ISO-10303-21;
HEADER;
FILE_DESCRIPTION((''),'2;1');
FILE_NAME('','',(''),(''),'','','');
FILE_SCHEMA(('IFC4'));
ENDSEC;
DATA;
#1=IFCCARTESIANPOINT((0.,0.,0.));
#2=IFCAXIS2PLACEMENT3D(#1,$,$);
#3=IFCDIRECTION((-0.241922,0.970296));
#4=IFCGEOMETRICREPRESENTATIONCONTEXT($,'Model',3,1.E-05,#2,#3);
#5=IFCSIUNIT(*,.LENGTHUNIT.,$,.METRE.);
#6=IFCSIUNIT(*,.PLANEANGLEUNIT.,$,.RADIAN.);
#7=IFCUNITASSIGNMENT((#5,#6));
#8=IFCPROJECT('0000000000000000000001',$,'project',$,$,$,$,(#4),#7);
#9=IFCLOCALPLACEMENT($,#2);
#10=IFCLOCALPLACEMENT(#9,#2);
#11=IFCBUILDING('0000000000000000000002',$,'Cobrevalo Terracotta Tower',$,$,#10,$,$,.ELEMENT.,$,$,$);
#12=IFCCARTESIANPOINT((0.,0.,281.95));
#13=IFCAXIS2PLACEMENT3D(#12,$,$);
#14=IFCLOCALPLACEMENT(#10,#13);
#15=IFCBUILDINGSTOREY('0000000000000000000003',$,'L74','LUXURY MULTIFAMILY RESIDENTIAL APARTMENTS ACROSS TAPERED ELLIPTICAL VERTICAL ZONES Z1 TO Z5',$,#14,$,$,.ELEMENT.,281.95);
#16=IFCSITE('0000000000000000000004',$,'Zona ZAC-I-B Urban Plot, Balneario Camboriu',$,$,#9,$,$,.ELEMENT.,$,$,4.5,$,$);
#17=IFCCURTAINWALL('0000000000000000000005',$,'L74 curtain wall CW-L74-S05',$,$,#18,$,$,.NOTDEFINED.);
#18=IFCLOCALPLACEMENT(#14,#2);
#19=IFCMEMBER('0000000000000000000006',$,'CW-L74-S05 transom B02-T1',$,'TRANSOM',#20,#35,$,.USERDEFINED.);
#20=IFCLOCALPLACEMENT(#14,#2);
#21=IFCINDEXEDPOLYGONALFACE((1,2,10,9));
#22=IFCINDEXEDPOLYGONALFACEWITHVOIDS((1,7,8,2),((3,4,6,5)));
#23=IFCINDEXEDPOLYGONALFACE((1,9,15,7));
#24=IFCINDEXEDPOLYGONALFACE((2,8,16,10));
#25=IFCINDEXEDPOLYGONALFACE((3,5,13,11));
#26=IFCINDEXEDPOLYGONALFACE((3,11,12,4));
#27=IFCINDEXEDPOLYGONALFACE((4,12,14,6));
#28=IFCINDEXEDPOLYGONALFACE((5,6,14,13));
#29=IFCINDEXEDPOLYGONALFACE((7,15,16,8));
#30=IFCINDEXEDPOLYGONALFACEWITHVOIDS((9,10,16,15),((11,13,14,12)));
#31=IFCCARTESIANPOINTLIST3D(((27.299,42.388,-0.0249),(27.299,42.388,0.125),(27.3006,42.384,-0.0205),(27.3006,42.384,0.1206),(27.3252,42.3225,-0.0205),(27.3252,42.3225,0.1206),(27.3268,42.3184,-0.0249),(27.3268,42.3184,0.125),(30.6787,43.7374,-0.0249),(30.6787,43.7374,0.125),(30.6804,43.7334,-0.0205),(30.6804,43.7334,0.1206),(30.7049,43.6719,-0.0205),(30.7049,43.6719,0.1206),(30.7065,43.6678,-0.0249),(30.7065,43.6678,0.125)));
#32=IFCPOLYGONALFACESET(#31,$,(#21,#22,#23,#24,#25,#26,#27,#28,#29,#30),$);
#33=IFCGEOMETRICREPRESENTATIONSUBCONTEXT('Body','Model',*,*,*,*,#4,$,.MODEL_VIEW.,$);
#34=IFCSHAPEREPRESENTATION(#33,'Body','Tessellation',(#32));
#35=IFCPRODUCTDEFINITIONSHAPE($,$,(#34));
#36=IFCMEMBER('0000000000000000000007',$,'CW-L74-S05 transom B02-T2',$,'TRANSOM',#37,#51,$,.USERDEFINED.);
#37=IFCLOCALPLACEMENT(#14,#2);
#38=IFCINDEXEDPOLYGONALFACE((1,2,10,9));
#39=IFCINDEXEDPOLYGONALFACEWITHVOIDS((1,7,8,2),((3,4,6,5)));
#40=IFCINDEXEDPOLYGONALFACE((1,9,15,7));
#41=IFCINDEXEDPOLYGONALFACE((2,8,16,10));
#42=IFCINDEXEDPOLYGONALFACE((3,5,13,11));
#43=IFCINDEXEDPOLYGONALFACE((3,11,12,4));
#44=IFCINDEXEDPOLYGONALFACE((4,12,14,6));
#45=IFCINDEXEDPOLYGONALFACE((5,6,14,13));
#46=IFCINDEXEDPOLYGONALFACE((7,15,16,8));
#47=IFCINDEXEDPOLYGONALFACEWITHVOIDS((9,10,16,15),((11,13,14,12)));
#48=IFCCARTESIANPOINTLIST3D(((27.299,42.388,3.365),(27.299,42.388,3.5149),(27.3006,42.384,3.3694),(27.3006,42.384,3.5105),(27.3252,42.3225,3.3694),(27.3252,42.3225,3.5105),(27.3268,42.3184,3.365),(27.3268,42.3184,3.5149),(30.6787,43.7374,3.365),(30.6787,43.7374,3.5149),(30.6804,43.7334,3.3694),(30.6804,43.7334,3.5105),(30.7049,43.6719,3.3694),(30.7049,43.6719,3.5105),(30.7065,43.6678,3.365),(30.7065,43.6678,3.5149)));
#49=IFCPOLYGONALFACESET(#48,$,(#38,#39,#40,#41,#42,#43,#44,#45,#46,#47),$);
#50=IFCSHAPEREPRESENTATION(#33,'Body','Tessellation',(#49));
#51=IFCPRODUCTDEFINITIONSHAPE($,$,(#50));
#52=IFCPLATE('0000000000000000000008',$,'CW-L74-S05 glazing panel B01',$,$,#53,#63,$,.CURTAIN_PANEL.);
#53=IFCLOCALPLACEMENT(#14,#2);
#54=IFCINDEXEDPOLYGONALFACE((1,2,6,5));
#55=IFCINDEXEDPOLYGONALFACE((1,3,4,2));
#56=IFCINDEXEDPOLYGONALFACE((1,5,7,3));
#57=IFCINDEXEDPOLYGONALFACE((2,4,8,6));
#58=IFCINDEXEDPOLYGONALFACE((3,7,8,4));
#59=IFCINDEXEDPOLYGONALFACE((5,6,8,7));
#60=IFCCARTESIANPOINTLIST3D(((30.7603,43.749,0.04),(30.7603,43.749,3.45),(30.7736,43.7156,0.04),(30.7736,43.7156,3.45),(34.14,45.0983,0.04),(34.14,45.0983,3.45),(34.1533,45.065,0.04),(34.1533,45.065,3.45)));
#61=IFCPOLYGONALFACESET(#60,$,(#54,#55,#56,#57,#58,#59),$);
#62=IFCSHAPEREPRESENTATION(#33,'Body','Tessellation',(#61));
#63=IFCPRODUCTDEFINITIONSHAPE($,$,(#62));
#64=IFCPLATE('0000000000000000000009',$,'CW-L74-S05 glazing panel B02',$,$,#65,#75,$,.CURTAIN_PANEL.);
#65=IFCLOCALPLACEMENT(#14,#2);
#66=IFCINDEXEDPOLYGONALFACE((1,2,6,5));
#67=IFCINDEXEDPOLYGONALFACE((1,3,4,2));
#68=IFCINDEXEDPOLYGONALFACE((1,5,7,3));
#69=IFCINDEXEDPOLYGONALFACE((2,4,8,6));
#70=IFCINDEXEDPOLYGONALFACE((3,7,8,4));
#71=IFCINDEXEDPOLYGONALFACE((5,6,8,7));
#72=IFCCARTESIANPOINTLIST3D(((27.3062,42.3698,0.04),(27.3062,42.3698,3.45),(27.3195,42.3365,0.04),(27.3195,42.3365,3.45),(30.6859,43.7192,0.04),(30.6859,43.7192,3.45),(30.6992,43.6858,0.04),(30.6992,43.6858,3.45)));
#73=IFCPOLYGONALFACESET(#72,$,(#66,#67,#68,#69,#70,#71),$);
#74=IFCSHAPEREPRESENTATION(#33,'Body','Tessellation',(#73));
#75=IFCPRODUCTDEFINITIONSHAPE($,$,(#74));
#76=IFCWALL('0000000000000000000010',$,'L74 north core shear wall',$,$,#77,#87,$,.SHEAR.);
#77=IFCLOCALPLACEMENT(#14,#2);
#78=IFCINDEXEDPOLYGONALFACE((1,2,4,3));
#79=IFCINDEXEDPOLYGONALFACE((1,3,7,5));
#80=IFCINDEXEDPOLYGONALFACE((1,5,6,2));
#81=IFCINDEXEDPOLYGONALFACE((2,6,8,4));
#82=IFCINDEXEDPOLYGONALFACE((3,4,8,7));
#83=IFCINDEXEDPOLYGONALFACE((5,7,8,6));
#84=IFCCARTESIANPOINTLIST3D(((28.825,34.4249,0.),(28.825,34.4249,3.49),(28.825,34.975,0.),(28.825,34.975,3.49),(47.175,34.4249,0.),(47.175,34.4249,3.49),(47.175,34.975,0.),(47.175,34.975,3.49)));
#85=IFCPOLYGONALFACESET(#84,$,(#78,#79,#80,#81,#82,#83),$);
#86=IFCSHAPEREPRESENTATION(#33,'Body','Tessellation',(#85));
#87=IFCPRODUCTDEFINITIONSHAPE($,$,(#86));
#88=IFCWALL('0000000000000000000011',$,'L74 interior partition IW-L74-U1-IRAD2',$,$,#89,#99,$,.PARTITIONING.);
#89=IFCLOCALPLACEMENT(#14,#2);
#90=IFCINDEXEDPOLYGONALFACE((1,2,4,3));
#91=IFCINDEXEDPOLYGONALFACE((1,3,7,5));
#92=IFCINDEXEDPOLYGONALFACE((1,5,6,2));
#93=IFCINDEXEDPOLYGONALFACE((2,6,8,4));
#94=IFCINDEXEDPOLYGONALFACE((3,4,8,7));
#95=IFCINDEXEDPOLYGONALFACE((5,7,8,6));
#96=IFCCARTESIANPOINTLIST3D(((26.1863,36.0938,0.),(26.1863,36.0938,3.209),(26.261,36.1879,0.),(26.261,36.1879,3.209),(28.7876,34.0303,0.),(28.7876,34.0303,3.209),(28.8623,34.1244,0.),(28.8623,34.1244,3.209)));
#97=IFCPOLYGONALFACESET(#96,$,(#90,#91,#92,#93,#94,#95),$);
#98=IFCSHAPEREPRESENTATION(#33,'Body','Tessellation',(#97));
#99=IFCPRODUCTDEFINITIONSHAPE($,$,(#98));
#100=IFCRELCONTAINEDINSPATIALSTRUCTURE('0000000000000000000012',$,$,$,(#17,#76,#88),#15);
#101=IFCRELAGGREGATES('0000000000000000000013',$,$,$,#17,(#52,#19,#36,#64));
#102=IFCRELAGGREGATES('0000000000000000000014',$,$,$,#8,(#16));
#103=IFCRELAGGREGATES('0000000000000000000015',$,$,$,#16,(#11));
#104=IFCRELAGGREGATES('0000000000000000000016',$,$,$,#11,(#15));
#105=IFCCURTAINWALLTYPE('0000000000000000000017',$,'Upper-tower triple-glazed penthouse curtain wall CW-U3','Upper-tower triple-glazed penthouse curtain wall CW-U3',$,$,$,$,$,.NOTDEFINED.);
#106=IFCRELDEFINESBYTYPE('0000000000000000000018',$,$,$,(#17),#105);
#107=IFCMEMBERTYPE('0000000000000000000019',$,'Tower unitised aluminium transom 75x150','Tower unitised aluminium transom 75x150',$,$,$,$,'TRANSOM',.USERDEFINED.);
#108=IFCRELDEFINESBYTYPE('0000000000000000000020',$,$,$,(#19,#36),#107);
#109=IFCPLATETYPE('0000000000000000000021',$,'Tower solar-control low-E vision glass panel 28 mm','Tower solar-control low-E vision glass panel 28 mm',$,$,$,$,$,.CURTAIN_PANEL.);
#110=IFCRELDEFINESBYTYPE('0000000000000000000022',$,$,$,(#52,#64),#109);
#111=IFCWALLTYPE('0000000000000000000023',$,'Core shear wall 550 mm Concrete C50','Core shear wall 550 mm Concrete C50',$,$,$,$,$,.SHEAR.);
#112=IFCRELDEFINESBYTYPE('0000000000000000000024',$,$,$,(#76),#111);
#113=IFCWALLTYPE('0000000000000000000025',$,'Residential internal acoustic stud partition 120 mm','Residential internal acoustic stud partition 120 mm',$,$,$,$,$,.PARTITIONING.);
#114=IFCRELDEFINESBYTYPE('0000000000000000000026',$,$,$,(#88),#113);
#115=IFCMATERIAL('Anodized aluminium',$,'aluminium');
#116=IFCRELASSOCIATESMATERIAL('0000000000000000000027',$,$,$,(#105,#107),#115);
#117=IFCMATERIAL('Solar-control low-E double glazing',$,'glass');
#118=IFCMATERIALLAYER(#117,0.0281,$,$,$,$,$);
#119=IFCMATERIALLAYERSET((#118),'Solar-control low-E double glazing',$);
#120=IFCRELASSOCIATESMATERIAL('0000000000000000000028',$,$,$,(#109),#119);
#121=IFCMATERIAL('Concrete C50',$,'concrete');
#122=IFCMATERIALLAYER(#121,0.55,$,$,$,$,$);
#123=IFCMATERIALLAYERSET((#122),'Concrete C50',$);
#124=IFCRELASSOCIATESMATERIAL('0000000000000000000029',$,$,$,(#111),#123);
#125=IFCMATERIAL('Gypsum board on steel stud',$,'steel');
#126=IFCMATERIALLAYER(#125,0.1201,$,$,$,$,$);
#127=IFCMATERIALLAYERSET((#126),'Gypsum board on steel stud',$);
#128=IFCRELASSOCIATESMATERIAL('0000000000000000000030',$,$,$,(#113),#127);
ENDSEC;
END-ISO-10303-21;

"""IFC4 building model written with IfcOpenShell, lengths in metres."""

from ifc_helpers import new_model, si_unit, direction, frame, frame_2d, origin, origin_2d, place, context, subcontext, project, spatial, rectangle, hollow_rectangle, extrude, source, transform, mapped, material, layer, layer_set, material_profile, profile_set, type_object, element, aggregate, save


model = new_model("IFC4")

# Units and contexts
model_context = context("Model", 3, precision=1e-05, world=origin(), true_north=direction((-0.241922, 0.970296)))
body_context = subcontext(model_context, "Body", "Model", "MODEL_VIEW")
ifc_project = project(units=[si_unit("LENGTHUNIT", "METRE"), si_unit("PLANEANGLEUNIT", "RADIAN")], contexts=[model_context])

# Site, building, storey
site_placement = place(None, origin())
site = spatial("IfcSite", under=ifc_project, at=site_placement, Name="Zona ZAC-I-B Urban Plot, Balneario Camboriu", CompositionType="ELEMENT", RefElevation=4.5)
building_placement = place(site_placement, origin())
building = spatial("IfcBuilding", under=site, at=building_placement, Name="Cobrevalo Terracotta Tower", CompositionType="ELEMENT")
storey_placement = place(building_placement, frame((0.0, 0.0, 281.95)))
storey = spatial("IfcBuildingStorey", under=building, at=storey_placement, Name="L74", Description="LUXURY MULTIFAMILY RESIDENTIAL APARTMENTS ACROSS TAPERED ELLIPTICAL VERTICAL ZONES Z1 TO Z5", CompositionType="ELEMENT", Elevation=281.95)

# Shared definitions
ifc_material_1 = material(Name="Concrete C50", Category="concrete")

# Curtain wall, members, plates
ifc_material_2 = material(Name="Anodized aluminium", Category="aluminium")
curtain_wall_type = type_object("IfcCurtainWallType", Name="Upper-tower triple-glazed penthouse curtain wall CW-U3", Description="Upper-tower triple-glazed penthouse curtain wall CW-U3", PredefinedType="NOTDEFINED", material=ifc_material_2)
curtain_wall_placement = place(storey_placement, origin())
curtain_wall = element("IfcCurtainWall", 1, at=curtain_wall_placement, inside=storey, type_object=curtain_wall_type, Name="L74 curtain wall CW-L74-S05", PredefinedType="NOTDEFINED")
ifc_material_profile_1 = material_profile(ifc_material_2, hollow_rectangle(XDim=0.075, YDim=0.1499, WallThickness=0.0044, at=origin_2d()), Name="CWT 75x150")
ifc_profile_set_1 = profile_set([ifc_material_profile_1], Name="Anodized aluminium")
member_type_1 = type_object("IfcMemberType", Name="Tower unitised aluminium transom 75x150", Description="Tower unitised aluminium transom 75x150", ElementType="TRANSOM", PredefinedType="USERDEFINED", material=ifc_profile_set_1)
shared_shape_1 = source(origin(), body_context, "Body", "SweptSolid", [
    extrude(hollow_rectangle(XDim=0.075, YDim=0.1499, WallThickness=0.0044, at=origin_2d()), origin(), (0.0, 0.0, 1.0), 3.6392),
])
member_1_placement = place(storey_placement, frame((30.6926, 43.7026, 0.05), z_axis=(-0.928712, -0.370801, 0.0), x_axis=(0.370801, -0.928712, 0.0)))
member_1 = element("IfcMember", 2, at=member_1_placement, type_object=member_type_1, Name="CW-L74-S05 transom B02-T1", ObjectType="TRANSOM", PredefinedType="USERDEFINED", context=body_context, shape_type="MappedRepresentation", body=[
    mapped(shared_shape_1, transform((0.0, 0.0, 0.0), scale=1.0)),
])
member_2_placement = place(storey_placement, frame((30.6926, 43.7026, 3.4399), z_axis=(-0.928712, -0.370801, 0.0), x_axis=(0.370801, -0.928712, 0.0)))
member_2 = element("IfcMember", 3, at=member_2_placement, type_object=member_type_1, Name="CW-L74-S05 transom B02-T2", ObjectType="TRANSOM", PredefinedType="USERDEFINED", context=body_context, shape_type="MappedRepresentation", body=[
    mapped(shared_shape_1, transform((0.0, 0.0, 0.0), scale=1.0)),
])
ifc_material_3 = material(Name="Solar-control low-E double glazing", Category="glass")
ifc_layer_1 = layer(ifc_material_3, 0.0281)
ifc_layer_set_1 = layer_set([ifc_layer_1], Name="Solar-control low-E double glazing")
plate_type = type_object("IfcPlateType", Name="Tower solar-control low-E vision glass panel 28 mm", Description="Tower solar-control low-E vision glass panel 28 mm", PredefinedType="CURTAIN_PANEL", material=ifc_layer_set_1)
shared_shape_2 = source(origin(), body_context, "Body", "SweptSolid", [
    extrude(rectangle(XDim=3.6392, YDim=0.0359, at=origin_2d()), origin(), (0.0, 0.0, 1.0), 3.4099),
])
plate_1_placement = place(storey_placement, frame((32.4568, 44.407, 0.04), z_axis=(0.0, 0.0, 1.0), x_axis=(-0.928718, -0.370786, 0.0)))
plate_1 = element("IfcPlate", 4, at=plate_1_placement, type_object=plate_type, Name="CW-L74-S05 glazing panel B01", PredefinedType="CURTAIN_PANEL", context=body_context, shape_type="MappedRepresentation", body=[
    mapped(shared_shape_2, transform((0.0, 0.0, 0.0), scale=1.0)),
])
plate_2_placement = place(storey_placement, frame((29.0027, 43.0278, 0.04), z_axis=(0.0, 0.0, 1.0), x_axis=(-0.928718, -0.370786, 0.0)))
plate_2 = element("IfcPlate", 5, at=plate_2_placement, type_object=plate_type, Name="CW-L74-S05 glazing panel B02", PredefinedType="CURTAIN_PANEL", context=body_context, shape_type="MappedRepresentation", body=[
    mapped(shared_shape_2, transform((0.0, 0.0, 0.0), scale=1.0)),
])
aggregate(curtain_wall, [plate_1, member_1, member_2, plate_2])

# Walls
ifc_layer_2 = layer(ifc_material_1, 0.55)
ifc_layer_set_2 = layer_set([ifc_layer_2], Name="Concrete C50")
wall_type_1 = type_object("IfcWallType", Name="Core shear wall 550 mm Concrete C50", Description="Core shear wall 550 mm Concrete C50", PredefinedType="SHEAR", material=ifc_layer_set_2)
wall_1_placement = place(storey_placement, frame((28.825, 34.7, 0.0), z_axis=(0.0, 0.0, 1.0), x_axis=(1.0, 0.0, 0.0)))
element("IfcWall", 6, at=wall_1_placement, inside=storey, type_object=wall_type_1, Name="L74 north core shear wall", PredefinedType="SHEAR", context=body_context, shape_type="SweptSolid", body=[
    extrude(rectangle(XDim=18.3501, YDim=0.55, at=frame_2d((9.175, 0.0))), origin(), (0.0, 0.0, 1.0), 3.49),
])
ifc_material_4 = material(Name="Gypsum board on steel stud", Category="steel")
ifc_layer_3 = layer(ifc_material_4, 0.1201)
ifc_layer_set_3 = layer_set([ifc_layer_3], Name="Gypsum board on steel stud")
wall_type_2 = type_object("IfcWallType", Name="Residential internal acoustic stud partition 120 mm", Description="Residential internal acoustic stud partition 120 mm", PredefinedType="PARTITIONING", material=ifc_layer_set_3)
wall_2_placement = place(storey_placement, frame((28.825, 34.0774, 0.0), z_axis=(0.0, 0.0, 1.0), x_axis=(-0.783445, 0.621462, 0.0)))
element("IfcWall", 7, at=wall_2_placement, inside=storey, type_object=wall_type_2, Name="L74 interior partition IW-L74-U1-IRAD2", PredefinedType="PARTITIONING", context=body_context, shape_type="SweptSolid", body=[
    extrude(rectangle(XDim=3.3203, YDim=0.1201, at=frame_2d((1.6602, 0.0))), origin(), (0.0, 0.0, 1.0), 3.209),
])

save(model, "model.ifc")
